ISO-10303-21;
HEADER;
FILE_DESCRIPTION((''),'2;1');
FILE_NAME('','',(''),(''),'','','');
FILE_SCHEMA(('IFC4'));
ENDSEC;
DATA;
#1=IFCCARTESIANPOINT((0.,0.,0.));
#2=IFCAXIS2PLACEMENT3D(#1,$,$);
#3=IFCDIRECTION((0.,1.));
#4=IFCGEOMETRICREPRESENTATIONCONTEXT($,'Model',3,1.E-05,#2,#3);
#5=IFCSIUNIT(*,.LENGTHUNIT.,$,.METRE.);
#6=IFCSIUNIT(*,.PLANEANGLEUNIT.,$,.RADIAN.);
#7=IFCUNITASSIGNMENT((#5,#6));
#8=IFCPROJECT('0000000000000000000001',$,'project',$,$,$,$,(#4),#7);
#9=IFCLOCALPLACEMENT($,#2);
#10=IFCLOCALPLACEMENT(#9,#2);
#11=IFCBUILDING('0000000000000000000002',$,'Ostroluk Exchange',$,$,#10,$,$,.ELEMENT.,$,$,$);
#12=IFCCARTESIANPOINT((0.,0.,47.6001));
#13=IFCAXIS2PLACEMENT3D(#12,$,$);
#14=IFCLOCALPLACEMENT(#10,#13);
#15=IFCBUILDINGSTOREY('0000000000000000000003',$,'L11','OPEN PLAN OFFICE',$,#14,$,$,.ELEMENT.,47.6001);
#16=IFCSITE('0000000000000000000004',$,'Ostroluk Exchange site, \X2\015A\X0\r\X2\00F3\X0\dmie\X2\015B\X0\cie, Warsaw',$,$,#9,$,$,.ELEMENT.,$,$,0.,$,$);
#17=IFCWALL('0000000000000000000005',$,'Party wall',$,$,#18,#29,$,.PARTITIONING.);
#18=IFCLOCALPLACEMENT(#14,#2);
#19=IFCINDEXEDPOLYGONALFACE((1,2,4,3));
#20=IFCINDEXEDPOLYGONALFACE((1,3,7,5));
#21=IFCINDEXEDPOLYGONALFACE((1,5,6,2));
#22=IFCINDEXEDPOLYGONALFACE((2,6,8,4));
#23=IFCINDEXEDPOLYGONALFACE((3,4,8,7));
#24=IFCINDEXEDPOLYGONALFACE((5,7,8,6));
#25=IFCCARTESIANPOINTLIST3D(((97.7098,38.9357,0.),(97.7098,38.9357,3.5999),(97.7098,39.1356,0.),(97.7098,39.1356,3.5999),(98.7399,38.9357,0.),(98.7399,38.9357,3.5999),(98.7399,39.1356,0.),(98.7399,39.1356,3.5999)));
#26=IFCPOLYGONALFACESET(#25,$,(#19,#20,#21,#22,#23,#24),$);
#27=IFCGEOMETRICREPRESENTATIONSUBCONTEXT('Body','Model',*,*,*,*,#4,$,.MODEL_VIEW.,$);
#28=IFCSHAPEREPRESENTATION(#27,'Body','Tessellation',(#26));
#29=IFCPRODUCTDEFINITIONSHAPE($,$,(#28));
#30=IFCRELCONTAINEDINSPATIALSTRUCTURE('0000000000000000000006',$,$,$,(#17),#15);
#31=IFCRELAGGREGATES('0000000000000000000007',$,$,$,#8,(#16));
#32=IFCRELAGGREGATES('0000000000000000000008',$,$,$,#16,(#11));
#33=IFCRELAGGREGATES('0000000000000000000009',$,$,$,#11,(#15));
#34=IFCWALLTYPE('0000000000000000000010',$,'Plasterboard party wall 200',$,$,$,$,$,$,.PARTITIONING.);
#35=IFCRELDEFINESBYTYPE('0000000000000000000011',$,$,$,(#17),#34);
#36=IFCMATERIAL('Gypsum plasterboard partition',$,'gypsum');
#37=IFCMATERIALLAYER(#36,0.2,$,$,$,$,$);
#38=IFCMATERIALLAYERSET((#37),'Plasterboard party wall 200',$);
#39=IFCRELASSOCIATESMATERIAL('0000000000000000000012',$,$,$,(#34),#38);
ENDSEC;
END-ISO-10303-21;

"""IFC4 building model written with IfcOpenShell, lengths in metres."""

from ifc_helpers import new_model, si_unit, direction, frame, frame_2d, origin, place, context, subcontext, project, spatial, rectangle, extrude, material, layer, layer_set, type_object, element, save


model = new_model("IFC4")

# Units and contexts
model_context = context("Model", 3, precision=1e-05, world=origin(), true_north=direction((0.0, 1.0)))
body_context = subcontext(model_context, "Body", "Model", "MODEL_VIEW")
ifc_project = project(units=[si_unit("LENGTHUNIT", "METRE"), si_unit("PLANEANGLEUNIT", "RADIAN")], contexts=[model_context])

# Site, building, storey
site_placement = place(None, origin())
site = spatial("IfcSite", under=ifc_project, at=site_placement, Name="Ostroluk Exchange site, Śródmieście, Warsaw", CompositionType="ELEMENT", RefElevation=0.0)
building_placement = place(site_placement, origin())
building = spatial("IfcBuilding", under=site, at=building_placement, Name="Ostroluk Exchange", CompositionType="ELEMENT")
storey_placement = place(building_placement, frame((0.0, 0.0, 47.6001)))
storey = spatial("IfcBuildingStorey", under=building, at=storey_placement, Name="L11", Description="OPEN PLAN OFFICE", CompositionType="ELEMENT", Elevation=47.6001)

# Wall
ifc_material_1 = material(Name="Gypsum plasterboard partition", Category="gypsum")
ifc_layer_1 = layer(ifc_material_1, 0.2)
ifc_layer_set_1 = layer_set([ifc_layer_1], Name="Plasterboard party wall 200")
wall_type_1 = type_object("IfcWallType", Name="Plasterboard party wall 200", PredefinedType="PARTITIONING", material=ifc_layer_set_1)
wall_1_placement = place(storey_placement, frame((98.74, 39.0356, 0.0), z_axis=(0.0, 0.0, 1.0), x_axis=(-1.0, 0.0, 0.0)))
element("IfcWall", 1, at=wall_1_placement, inside=storey, type_object=wall_type_1, Name="Party wall", PredefinedType="PARTITIONING", context=body_context, shape_type="SweptSolid", body=[
    extrude(rectangle(XDim=1.03, YDim=0.2, at=frame_2d((0.5151, 0.0))), origin(), (0.0, 0.0, 1.0), 3.5999),
])

save(model, "model.ifc")
